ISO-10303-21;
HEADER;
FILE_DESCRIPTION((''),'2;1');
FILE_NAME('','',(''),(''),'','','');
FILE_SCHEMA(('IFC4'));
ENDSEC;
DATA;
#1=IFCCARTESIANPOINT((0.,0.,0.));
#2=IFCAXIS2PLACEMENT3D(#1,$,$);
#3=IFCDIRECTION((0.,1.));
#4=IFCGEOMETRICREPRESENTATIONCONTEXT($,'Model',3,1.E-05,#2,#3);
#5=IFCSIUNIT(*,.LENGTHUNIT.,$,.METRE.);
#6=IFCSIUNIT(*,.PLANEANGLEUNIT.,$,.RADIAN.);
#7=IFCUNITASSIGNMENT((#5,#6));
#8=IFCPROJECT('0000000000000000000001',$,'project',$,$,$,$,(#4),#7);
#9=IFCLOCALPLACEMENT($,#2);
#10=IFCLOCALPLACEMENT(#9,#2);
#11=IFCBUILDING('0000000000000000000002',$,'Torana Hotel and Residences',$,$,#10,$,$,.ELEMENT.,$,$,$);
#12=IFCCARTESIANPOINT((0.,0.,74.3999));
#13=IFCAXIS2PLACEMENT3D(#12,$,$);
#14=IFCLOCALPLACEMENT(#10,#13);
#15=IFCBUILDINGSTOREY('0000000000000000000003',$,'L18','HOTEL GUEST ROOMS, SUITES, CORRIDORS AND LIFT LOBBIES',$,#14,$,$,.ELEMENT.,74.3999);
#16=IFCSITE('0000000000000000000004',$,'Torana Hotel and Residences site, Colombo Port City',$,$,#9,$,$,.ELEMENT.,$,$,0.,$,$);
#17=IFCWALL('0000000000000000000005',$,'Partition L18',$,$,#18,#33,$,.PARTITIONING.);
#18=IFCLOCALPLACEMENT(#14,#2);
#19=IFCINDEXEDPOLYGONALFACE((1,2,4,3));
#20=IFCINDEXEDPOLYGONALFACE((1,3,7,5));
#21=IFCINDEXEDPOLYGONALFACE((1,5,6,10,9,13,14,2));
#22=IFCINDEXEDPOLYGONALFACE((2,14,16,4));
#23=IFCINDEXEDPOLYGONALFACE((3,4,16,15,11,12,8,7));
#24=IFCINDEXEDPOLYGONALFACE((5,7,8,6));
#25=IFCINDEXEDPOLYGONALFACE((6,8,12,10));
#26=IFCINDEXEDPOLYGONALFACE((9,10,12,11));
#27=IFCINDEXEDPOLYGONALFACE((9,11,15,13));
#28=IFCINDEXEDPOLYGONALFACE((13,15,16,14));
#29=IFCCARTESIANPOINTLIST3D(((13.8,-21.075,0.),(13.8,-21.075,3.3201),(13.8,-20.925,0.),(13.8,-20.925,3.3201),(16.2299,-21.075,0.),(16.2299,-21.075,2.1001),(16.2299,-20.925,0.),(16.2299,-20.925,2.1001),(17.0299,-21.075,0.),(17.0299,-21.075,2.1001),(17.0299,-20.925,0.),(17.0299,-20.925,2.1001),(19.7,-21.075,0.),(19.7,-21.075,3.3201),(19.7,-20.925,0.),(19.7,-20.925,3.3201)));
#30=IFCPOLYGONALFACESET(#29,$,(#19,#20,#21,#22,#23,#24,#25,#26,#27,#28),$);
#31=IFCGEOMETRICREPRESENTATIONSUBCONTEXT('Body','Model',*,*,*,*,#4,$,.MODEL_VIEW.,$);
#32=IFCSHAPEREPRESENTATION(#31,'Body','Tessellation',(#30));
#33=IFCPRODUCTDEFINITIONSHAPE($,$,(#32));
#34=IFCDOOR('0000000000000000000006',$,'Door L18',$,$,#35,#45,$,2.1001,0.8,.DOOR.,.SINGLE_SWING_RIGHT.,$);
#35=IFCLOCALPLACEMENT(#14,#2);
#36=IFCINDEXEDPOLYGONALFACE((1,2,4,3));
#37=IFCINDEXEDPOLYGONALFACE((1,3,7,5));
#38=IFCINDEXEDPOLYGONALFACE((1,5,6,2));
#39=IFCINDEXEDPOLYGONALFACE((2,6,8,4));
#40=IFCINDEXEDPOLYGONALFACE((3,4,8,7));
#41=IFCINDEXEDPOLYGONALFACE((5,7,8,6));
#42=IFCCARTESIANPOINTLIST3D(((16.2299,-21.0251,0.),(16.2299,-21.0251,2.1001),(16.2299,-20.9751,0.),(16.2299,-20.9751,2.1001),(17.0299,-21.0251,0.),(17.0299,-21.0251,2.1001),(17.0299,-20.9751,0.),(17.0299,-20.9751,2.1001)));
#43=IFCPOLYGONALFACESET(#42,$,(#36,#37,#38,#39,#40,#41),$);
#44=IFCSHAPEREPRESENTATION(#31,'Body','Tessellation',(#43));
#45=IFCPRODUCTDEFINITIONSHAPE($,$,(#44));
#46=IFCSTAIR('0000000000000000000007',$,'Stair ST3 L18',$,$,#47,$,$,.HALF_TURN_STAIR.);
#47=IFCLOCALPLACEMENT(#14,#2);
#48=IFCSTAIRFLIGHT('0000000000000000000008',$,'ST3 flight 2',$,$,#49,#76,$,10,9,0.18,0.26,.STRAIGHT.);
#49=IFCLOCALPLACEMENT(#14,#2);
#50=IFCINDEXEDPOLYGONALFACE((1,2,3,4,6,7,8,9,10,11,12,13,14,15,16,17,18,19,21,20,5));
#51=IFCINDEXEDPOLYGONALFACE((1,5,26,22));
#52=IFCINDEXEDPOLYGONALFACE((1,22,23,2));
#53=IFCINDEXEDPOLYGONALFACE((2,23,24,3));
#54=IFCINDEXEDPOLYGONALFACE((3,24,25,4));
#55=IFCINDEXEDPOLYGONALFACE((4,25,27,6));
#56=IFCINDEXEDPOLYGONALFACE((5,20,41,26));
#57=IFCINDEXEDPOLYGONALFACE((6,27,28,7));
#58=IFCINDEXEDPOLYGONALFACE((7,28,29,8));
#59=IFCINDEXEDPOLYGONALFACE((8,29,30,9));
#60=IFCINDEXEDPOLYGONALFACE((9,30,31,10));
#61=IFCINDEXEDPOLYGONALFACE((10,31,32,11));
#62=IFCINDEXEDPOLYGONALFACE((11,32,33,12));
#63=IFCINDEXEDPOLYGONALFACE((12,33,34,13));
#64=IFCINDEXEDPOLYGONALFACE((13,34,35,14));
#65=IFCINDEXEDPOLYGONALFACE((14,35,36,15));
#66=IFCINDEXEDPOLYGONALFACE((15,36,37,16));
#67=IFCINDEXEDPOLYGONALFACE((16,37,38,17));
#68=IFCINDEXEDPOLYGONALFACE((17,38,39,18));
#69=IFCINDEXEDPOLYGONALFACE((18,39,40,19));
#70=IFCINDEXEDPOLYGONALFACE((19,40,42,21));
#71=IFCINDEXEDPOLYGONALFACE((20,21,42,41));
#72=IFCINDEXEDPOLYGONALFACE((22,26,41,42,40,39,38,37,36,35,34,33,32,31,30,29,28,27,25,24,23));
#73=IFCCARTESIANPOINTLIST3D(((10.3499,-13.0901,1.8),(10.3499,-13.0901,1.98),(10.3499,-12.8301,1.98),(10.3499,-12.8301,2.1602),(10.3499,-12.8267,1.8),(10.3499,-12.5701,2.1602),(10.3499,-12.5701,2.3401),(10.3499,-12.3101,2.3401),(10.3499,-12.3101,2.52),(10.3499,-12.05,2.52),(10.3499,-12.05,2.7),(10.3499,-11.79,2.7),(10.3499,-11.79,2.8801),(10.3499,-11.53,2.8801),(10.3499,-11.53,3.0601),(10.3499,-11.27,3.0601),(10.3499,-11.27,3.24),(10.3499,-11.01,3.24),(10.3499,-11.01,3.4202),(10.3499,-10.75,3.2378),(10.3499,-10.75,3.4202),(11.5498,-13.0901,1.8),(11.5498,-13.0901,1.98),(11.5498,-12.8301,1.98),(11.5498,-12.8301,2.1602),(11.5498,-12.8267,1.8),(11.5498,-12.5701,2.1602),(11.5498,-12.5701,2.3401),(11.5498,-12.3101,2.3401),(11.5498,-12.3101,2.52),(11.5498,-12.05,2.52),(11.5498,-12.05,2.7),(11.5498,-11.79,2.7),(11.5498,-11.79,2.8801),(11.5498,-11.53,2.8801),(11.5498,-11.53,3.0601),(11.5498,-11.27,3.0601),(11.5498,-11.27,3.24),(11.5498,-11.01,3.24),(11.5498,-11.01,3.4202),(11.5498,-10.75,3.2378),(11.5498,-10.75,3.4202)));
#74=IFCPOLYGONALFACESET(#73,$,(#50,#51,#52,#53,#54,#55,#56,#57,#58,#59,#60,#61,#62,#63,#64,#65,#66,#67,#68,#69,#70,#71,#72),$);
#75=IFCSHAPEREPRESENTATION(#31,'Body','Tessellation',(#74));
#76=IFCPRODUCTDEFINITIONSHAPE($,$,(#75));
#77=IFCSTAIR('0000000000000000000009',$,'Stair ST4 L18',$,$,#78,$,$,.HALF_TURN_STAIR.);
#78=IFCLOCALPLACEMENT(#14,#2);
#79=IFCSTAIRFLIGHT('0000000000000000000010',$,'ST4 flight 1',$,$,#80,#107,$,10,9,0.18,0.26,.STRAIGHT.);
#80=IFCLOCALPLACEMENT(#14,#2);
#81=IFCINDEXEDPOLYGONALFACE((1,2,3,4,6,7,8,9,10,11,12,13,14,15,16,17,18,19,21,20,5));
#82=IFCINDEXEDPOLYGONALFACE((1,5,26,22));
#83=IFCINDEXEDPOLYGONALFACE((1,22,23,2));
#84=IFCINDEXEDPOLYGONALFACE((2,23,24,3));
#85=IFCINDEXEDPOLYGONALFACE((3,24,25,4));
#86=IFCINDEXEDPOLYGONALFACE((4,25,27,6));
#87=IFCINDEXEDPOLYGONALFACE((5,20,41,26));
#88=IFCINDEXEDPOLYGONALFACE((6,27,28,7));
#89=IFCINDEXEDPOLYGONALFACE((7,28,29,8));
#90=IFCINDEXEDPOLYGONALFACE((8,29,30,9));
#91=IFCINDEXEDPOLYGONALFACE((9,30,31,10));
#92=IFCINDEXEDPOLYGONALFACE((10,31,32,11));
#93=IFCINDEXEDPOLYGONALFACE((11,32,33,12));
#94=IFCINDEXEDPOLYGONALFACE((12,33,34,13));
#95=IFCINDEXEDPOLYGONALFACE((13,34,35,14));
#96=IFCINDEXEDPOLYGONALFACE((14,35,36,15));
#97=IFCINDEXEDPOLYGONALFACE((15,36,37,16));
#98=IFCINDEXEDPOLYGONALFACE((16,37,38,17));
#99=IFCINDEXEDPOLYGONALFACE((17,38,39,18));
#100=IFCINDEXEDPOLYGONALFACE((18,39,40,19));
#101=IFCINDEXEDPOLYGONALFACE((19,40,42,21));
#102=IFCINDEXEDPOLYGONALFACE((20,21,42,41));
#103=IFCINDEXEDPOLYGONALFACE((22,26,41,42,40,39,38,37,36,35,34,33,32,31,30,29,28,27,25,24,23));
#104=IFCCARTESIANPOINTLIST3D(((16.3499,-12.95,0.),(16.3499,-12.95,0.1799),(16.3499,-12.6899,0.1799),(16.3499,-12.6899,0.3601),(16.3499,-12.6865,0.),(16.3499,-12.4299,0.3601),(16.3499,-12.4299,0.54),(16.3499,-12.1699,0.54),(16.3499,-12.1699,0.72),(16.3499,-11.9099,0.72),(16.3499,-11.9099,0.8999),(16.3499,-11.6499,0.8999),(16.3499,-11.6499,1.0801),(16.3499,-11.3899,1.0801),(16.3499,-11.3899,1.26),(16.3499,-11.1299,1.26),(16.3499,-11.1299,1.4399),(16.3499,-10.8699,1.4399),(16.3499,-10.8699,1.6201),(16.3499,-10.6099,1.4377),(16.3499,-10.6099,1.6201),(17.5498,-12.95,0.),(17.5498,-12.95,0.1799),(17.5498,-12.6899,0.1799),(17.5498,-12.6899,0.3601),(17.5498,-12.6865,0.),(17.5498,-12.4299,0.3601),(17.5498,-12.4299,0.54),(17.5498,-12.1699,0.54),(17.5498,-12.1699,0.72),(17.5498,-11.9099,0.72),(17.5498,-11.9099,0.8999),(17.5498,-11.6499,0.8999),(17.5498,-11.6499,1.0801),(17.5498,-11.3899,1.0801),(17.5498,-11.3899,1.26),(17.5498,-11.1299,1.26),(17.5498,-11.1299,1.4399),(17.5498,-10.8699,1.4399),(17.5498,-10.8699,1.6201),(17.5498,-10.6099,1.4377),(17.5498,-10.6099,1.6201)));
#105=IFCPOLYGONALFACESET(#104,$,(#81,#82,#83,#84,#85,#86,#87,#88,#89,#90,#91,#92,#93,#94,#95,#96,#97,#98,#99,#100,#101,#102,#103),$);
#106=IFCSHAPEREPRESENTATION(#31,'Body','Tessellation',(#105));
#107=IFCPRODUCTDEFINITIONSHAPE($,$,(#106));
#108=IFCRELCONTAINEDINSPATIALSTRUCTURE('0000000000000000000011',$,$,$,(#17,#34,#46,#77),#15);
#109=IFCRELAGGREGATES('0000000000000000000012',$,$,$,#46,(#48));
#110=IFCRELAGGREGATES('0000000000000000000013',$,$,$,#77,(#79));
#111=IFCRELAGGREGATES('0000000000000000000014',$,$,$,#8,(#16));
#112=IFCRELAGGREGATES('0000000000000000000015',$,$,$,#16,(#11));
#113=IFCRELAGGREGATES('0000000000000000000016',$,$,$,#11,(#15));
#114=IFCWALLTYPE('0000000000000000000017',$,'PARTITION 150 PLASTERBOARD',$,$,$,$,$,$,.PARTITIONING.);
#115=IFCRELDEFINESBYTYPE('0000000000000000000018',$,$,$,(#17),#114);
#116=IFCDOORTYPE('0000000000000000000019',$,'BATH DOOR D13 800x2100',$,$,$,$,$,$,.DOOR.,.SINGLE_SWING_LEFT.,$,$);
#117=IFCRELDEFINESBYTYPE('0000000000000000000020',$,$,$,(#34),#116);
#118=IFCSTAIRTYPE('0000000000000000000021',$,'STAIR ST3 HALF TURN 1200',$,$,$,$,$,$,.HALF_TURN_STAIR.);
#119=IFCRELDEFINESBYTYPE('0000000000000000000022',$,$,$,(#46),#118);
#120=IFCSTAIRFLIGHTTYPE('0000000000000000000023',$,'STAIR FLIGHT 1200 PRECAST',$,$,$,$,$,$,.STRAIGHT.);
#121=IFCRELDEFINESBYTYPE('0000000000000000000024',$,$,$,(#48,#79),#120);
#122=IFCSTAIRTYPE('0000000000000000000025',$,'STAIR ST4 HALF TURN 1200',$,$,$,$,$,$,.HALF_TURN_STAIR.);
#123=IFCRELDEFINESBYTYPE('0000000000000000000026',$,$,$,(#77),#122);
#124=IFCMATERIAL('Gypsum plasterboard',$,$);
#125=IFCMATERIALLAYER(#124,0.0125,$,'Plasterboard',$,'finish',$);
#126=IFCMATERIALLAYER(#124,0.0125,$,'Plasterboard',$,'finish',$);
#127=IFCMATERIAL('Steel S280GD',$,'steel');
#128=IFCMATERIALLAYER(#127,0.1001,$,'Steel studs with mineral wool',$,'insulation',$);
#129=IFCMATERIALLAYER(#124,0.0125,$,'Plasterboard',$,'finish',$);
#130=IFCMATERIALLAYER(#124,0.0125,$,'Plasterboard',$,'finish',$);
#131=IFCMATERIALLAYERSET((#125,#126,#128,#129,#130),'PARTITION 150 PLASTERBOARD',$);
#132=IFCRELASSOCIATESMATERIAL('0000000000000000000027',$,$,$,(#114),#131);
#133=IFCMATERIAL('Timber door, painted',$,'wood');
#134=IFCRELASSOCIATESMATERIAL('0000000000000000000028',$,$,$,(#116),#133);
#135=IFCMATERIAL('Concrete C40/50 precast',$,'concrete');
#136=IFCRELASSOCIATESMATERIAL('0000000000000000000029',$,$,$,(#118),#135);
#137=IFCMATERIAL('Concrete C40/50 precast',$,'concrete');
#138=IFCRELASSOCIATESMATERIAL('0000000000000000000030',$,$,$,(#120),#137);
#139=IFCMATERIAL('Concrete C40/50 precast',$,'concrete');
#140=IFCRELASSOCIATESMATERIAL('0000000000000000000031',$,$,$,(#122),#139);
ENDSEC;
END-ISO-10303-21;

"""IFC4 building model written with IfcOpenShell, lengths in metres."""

from ifc_helpers import new_model, si_unit, direction, frame, frame_2d, origin, place, context, subcontext, project, spatial, polyline, rectangle, outline, extrude, material, layer, layer_set, type_object, element, fill, aggregate, save


model = new_model("IFC4")

# Units and contexts
model_context = context("Model", 3, precision=1e-05, world=origin(), true_north=direction((0.0, 1.0)))
body_context = subcontext(model_context, "Body", "Model", "MODEL_VIEW")
ifc_project = project(units=[si_unit("LENGTHUNIT", "METRE"), si_unit("PLANEANGLEUNIT", "RADIAN")], contexts=[model_context])

# Site, building, storey
site_placement = place(None, origin())
site = spatial("IfcSite", under=ifc_project, at=site_placement, Name="Torana Hotel and Residences site, Colombo Port City", CompositionType="ELEMENT", RefElevation=0.0)
building_placement = place(site_placement, origin())
building = spatial("IfcBuilding", under=site, at=building_placement, Name="Torana Hotel and Residences", CompositionType="ELEMENT")
storey_placement = place(building_placement, frame((0.0, 0.0, 74.3999)))
storey = spatial("IfcBuildingStorey", under=building, at=storey_placement, Name="L18", Description="HOTEL GUEST ROOMS, SUITES, CORRIDORS AND LIFT LOBBIES", CompositionType="ELEMENT", Elevation=74.3999)

# Shared definitions
ifc_material_1 = material(Name="Gypsum plasterboard")
ifc_layer_1 = layer(ifc_material_1, 0.0125, Name="Plasterboard", Category="finish")
ifc_layer_2 = layer(ifc_material_1, 0.0125, Name="Plasterboard", Category="finish")
ifc_material_2 = material(Name="Steel S280GD", Category="steel")
ifc_layer_3 = layer(ifc_material_2, 0.1001, Name="Steel studs with mineral wool", Category="insulation")
ifc_layer_4 = layer(ifc_material_1, 0.0125, Name="Plasterboard", Category="finish")
ifc_layer_5 = layer(ifc_material_1, 0.0125, Name="Plasterboard", Category="finish")
ifc_layer_set_1 = layer_set([ifc_layer_1, ifc_layer_2, ifc_layer_3, ifc_layer_4, ifc_layer_5], Name="PARTITION 150 PLASTERBOARD")
wall_type_1 = type_object("IfcWallType", Name="PARTITION 150 PLASTERBOARD", PredefinedType="PARTITIONING", material=ifc_layer_set_1)

# Wall, opening, door
ifc_material_3 = material(Name="Timber door, painted", Category="wood")
door_type_1 = type_object("IfcDoorType", Name="BATH DOOR D13 800x2100", OperationType="SINGLE_SWING_LEFT", PredefinedType="DOOR", material=ifc_material_3)
wall_1_placement = place(storey_placement, frame((13.8, -21.0, 0.0), z_axis=(0.0, 0.0, 1.0), x_axis=(1.0, 0.0, 0.0)))
wall_1 = element("IfcWall", 1, at=wall_1_placement, inside=storey, type_object=wall_type_1, Name="Partition L18", PredefinedType="PARTITIONING", context=body_context, shape_type="SweptSolid", body=[
    extrude(rectangle(XDim=5.8999, YDim=0.1499, at=frame_2d((2.95, 0.0))), origin(), (0.0, 0.0, 1.0), 3.3201),
])
opening_1_placement = place(wall_1_placement, frame((2.4299, 0.0, 0.0)))
opening_1 = element("IfcOpeningElement", 2, at=opening_1_placement, cuts=wall_1, PredefinedType="OPENING", context=body_context, shape_type="SweptSolid", body=[
    extrude(rectangle(XDim=0.8, YDim=2.1001, at=frame_2d((0.3999, 1.05))), frame((0.0, 0.085, 0.0), z_axis=(0.0, -1.0, 0.0), x_axis=(1.0, 0.0, 0.0)), (0.0, 0.0, 1.0), 0.1699),
])
door_1_placement = place(opening_1_placement, origin())
door_1 = element("IfcDoor", 3, at=door_1_placement, inside=storey, type_object=door_type_1, Name="Door L18", OperationType="SINGLE_SWING_RIGHT", OverallHeight=2.1001, OverallWidth=0.8, PredefinedType="DOOR", context=body_context, shape_type="SweptSolid", body=[
    extrude(rectangle(XDim=0.8, YDim=2.1001, at=frame_2d((0.3999, 1.05))), frame((0.0, 0.0249, 0.0), z_axis=(0.0, -1.0, 0.0), x_axis=(1.0, 0.0, 0.0)), (0.0, 0.0, 1.0), 0.05),
])
fill(opening_1, door_1)

# Stairs, stair flights
ifc_material_4 = material(Name="Concrete C40/50 precast", Category="concrete")
stair_type_1 = type_object("IfcStairType", Name="STAIR ST3 HALF TURN 1200", PredefinedType="HALF_TURN_STAIR", material=ifc_material_4)
stair_1_placement = place(storey_placement, origin())
stair_1 = element("IfcStair", 4, at=stair_1_placement, inside=storey, type_object=stair_type_1, Name="Stair ST3 L18", PredefinedType="HALF_TURN_STAIR")
ifc_material_5 = material(Name="Concrete C40/50 precast", Category="concrete")
stair_flight_type = type_object("IfcStairFlightType", Name="STAIR FLIGHT 1200 PRECAST", PredefinedType="STRAIGHT", material=ifc_material_5)
stair_flight_1_placement = place(storey_placement, frame((10.95, -13.0901, 1.8), z_axis=(0.0, 0.0, 1.0), x_axis=(0.0, 1.0, 0.0)))
stair_flight_1 = element("IfcStairFlight", 5, at=stair_flight_1_placement, type_object=stair_flight_type, Name="ST3 flight 2", NumberOfRisers=10, NumberOfTreads=9, PredefinedType="STRAIGHT", RiserHeight=0.18, TreadLength=0.26, context=body_context, shape_type="SweptSolid", body=[
    extrude(outline(polyline([(0.0, 0.0), (0.0, 0.1799), (0.26, 0.1799), (0.26, 0.3601), (0.52, 0.3601), (0.52, 0.54), (0.78, 0.54), (0.78, 0.72), (1.04, 0.72), (1.04, 0.8999), (1.3, 0.8999), (1.3, 1.0801), (1.5601, 1.0801), (1.5601, 1.26), (1.8201, 1.26), (1.8201, 1.4399), (2.0801, 1.4399), (2.0801, 1.6201), (2.3401, 1.6201), (2.3401, 1.8), (2.3401, 1.4377), (0.2634, 0.0), (0.0, 0.0)])), frame((0.0, 0.6001, 0.0), z_axis=(0.0, -1.0, 0.0), x_axis=(1.0, 0.0, 0.0)), (0.0, 0.0, 1.0), 1.2),
])
aggregate(stair_1, [stair_flight_1])
ifc_material_6 = material(Name="Concrete C40/50 precast", Category="concrete")
stair_type_2 = type_object("IfcStairType", Name="STAIR ST4 HALF TURN 1200", PredefinedType="HALF_TURN_STAIR", material=ifc_material_6)
stair_2_placement = place(storey_placement, origin())
stair_2 = element("IfcStair", 6, at=stair_2_placement, inside=storey, type_object=stair_type_2, Name="Stair ST4 L18", PredefinedType="HALF_TURN_STAIR")
stair_flight_2_placement = place(storey_placement, frame((16.95, -12.95, 0.0), z_axis=(0.0, 0.0, 1.0), x_axis=(0.0, 1.0, 0.0)))
stair_flight_2 = element("IfcStairFlight", 7, at=stair_flight_2_placement, type_object=stair_flight_type, Name="ST4 flight 1", NumberOfRisers=10, NumberOfTreads=9, PredefinedType="STRAIGHT", RiserHeight=0.18, TreadLength=0.26, context=body_context, shape_type="SweptSolid", body=[
    extrude(outline(polyline([(0.0, 0.0), (0.0, 0.1799), (0.26, 0.1799), (0.26, 0.3601), (0.52, 0.3601), (0.52, 0.54), (0.78, 0.54), (0.78, 0.72), (1.04, 0.72), (1.04, 0.8999), (1.3, 0.8999), (1.3, 1.0801), (1.5601, 1.0801), (1.5601, 1.26), (1.8201, 1.26), (1.8201, 1.4399), (2.0801, 1.4399), (2.0801, 1.6201), (2.3401, 1.6201), (2.3401, 1.8), (2.3401, 1.4377), (0.2634, 0.0), (0.0, 0.0)])), frame((0.0, 0.6001, 0.0), z_axis=(0.0, -1.0, 0.0), x_axis=(1.0, 0.0, 0.0)), (0.0, 0.0, 1.0), 1.2),
])
aggregate(stair_2, [stair_flight_2])

save(model, "model.ifc")
